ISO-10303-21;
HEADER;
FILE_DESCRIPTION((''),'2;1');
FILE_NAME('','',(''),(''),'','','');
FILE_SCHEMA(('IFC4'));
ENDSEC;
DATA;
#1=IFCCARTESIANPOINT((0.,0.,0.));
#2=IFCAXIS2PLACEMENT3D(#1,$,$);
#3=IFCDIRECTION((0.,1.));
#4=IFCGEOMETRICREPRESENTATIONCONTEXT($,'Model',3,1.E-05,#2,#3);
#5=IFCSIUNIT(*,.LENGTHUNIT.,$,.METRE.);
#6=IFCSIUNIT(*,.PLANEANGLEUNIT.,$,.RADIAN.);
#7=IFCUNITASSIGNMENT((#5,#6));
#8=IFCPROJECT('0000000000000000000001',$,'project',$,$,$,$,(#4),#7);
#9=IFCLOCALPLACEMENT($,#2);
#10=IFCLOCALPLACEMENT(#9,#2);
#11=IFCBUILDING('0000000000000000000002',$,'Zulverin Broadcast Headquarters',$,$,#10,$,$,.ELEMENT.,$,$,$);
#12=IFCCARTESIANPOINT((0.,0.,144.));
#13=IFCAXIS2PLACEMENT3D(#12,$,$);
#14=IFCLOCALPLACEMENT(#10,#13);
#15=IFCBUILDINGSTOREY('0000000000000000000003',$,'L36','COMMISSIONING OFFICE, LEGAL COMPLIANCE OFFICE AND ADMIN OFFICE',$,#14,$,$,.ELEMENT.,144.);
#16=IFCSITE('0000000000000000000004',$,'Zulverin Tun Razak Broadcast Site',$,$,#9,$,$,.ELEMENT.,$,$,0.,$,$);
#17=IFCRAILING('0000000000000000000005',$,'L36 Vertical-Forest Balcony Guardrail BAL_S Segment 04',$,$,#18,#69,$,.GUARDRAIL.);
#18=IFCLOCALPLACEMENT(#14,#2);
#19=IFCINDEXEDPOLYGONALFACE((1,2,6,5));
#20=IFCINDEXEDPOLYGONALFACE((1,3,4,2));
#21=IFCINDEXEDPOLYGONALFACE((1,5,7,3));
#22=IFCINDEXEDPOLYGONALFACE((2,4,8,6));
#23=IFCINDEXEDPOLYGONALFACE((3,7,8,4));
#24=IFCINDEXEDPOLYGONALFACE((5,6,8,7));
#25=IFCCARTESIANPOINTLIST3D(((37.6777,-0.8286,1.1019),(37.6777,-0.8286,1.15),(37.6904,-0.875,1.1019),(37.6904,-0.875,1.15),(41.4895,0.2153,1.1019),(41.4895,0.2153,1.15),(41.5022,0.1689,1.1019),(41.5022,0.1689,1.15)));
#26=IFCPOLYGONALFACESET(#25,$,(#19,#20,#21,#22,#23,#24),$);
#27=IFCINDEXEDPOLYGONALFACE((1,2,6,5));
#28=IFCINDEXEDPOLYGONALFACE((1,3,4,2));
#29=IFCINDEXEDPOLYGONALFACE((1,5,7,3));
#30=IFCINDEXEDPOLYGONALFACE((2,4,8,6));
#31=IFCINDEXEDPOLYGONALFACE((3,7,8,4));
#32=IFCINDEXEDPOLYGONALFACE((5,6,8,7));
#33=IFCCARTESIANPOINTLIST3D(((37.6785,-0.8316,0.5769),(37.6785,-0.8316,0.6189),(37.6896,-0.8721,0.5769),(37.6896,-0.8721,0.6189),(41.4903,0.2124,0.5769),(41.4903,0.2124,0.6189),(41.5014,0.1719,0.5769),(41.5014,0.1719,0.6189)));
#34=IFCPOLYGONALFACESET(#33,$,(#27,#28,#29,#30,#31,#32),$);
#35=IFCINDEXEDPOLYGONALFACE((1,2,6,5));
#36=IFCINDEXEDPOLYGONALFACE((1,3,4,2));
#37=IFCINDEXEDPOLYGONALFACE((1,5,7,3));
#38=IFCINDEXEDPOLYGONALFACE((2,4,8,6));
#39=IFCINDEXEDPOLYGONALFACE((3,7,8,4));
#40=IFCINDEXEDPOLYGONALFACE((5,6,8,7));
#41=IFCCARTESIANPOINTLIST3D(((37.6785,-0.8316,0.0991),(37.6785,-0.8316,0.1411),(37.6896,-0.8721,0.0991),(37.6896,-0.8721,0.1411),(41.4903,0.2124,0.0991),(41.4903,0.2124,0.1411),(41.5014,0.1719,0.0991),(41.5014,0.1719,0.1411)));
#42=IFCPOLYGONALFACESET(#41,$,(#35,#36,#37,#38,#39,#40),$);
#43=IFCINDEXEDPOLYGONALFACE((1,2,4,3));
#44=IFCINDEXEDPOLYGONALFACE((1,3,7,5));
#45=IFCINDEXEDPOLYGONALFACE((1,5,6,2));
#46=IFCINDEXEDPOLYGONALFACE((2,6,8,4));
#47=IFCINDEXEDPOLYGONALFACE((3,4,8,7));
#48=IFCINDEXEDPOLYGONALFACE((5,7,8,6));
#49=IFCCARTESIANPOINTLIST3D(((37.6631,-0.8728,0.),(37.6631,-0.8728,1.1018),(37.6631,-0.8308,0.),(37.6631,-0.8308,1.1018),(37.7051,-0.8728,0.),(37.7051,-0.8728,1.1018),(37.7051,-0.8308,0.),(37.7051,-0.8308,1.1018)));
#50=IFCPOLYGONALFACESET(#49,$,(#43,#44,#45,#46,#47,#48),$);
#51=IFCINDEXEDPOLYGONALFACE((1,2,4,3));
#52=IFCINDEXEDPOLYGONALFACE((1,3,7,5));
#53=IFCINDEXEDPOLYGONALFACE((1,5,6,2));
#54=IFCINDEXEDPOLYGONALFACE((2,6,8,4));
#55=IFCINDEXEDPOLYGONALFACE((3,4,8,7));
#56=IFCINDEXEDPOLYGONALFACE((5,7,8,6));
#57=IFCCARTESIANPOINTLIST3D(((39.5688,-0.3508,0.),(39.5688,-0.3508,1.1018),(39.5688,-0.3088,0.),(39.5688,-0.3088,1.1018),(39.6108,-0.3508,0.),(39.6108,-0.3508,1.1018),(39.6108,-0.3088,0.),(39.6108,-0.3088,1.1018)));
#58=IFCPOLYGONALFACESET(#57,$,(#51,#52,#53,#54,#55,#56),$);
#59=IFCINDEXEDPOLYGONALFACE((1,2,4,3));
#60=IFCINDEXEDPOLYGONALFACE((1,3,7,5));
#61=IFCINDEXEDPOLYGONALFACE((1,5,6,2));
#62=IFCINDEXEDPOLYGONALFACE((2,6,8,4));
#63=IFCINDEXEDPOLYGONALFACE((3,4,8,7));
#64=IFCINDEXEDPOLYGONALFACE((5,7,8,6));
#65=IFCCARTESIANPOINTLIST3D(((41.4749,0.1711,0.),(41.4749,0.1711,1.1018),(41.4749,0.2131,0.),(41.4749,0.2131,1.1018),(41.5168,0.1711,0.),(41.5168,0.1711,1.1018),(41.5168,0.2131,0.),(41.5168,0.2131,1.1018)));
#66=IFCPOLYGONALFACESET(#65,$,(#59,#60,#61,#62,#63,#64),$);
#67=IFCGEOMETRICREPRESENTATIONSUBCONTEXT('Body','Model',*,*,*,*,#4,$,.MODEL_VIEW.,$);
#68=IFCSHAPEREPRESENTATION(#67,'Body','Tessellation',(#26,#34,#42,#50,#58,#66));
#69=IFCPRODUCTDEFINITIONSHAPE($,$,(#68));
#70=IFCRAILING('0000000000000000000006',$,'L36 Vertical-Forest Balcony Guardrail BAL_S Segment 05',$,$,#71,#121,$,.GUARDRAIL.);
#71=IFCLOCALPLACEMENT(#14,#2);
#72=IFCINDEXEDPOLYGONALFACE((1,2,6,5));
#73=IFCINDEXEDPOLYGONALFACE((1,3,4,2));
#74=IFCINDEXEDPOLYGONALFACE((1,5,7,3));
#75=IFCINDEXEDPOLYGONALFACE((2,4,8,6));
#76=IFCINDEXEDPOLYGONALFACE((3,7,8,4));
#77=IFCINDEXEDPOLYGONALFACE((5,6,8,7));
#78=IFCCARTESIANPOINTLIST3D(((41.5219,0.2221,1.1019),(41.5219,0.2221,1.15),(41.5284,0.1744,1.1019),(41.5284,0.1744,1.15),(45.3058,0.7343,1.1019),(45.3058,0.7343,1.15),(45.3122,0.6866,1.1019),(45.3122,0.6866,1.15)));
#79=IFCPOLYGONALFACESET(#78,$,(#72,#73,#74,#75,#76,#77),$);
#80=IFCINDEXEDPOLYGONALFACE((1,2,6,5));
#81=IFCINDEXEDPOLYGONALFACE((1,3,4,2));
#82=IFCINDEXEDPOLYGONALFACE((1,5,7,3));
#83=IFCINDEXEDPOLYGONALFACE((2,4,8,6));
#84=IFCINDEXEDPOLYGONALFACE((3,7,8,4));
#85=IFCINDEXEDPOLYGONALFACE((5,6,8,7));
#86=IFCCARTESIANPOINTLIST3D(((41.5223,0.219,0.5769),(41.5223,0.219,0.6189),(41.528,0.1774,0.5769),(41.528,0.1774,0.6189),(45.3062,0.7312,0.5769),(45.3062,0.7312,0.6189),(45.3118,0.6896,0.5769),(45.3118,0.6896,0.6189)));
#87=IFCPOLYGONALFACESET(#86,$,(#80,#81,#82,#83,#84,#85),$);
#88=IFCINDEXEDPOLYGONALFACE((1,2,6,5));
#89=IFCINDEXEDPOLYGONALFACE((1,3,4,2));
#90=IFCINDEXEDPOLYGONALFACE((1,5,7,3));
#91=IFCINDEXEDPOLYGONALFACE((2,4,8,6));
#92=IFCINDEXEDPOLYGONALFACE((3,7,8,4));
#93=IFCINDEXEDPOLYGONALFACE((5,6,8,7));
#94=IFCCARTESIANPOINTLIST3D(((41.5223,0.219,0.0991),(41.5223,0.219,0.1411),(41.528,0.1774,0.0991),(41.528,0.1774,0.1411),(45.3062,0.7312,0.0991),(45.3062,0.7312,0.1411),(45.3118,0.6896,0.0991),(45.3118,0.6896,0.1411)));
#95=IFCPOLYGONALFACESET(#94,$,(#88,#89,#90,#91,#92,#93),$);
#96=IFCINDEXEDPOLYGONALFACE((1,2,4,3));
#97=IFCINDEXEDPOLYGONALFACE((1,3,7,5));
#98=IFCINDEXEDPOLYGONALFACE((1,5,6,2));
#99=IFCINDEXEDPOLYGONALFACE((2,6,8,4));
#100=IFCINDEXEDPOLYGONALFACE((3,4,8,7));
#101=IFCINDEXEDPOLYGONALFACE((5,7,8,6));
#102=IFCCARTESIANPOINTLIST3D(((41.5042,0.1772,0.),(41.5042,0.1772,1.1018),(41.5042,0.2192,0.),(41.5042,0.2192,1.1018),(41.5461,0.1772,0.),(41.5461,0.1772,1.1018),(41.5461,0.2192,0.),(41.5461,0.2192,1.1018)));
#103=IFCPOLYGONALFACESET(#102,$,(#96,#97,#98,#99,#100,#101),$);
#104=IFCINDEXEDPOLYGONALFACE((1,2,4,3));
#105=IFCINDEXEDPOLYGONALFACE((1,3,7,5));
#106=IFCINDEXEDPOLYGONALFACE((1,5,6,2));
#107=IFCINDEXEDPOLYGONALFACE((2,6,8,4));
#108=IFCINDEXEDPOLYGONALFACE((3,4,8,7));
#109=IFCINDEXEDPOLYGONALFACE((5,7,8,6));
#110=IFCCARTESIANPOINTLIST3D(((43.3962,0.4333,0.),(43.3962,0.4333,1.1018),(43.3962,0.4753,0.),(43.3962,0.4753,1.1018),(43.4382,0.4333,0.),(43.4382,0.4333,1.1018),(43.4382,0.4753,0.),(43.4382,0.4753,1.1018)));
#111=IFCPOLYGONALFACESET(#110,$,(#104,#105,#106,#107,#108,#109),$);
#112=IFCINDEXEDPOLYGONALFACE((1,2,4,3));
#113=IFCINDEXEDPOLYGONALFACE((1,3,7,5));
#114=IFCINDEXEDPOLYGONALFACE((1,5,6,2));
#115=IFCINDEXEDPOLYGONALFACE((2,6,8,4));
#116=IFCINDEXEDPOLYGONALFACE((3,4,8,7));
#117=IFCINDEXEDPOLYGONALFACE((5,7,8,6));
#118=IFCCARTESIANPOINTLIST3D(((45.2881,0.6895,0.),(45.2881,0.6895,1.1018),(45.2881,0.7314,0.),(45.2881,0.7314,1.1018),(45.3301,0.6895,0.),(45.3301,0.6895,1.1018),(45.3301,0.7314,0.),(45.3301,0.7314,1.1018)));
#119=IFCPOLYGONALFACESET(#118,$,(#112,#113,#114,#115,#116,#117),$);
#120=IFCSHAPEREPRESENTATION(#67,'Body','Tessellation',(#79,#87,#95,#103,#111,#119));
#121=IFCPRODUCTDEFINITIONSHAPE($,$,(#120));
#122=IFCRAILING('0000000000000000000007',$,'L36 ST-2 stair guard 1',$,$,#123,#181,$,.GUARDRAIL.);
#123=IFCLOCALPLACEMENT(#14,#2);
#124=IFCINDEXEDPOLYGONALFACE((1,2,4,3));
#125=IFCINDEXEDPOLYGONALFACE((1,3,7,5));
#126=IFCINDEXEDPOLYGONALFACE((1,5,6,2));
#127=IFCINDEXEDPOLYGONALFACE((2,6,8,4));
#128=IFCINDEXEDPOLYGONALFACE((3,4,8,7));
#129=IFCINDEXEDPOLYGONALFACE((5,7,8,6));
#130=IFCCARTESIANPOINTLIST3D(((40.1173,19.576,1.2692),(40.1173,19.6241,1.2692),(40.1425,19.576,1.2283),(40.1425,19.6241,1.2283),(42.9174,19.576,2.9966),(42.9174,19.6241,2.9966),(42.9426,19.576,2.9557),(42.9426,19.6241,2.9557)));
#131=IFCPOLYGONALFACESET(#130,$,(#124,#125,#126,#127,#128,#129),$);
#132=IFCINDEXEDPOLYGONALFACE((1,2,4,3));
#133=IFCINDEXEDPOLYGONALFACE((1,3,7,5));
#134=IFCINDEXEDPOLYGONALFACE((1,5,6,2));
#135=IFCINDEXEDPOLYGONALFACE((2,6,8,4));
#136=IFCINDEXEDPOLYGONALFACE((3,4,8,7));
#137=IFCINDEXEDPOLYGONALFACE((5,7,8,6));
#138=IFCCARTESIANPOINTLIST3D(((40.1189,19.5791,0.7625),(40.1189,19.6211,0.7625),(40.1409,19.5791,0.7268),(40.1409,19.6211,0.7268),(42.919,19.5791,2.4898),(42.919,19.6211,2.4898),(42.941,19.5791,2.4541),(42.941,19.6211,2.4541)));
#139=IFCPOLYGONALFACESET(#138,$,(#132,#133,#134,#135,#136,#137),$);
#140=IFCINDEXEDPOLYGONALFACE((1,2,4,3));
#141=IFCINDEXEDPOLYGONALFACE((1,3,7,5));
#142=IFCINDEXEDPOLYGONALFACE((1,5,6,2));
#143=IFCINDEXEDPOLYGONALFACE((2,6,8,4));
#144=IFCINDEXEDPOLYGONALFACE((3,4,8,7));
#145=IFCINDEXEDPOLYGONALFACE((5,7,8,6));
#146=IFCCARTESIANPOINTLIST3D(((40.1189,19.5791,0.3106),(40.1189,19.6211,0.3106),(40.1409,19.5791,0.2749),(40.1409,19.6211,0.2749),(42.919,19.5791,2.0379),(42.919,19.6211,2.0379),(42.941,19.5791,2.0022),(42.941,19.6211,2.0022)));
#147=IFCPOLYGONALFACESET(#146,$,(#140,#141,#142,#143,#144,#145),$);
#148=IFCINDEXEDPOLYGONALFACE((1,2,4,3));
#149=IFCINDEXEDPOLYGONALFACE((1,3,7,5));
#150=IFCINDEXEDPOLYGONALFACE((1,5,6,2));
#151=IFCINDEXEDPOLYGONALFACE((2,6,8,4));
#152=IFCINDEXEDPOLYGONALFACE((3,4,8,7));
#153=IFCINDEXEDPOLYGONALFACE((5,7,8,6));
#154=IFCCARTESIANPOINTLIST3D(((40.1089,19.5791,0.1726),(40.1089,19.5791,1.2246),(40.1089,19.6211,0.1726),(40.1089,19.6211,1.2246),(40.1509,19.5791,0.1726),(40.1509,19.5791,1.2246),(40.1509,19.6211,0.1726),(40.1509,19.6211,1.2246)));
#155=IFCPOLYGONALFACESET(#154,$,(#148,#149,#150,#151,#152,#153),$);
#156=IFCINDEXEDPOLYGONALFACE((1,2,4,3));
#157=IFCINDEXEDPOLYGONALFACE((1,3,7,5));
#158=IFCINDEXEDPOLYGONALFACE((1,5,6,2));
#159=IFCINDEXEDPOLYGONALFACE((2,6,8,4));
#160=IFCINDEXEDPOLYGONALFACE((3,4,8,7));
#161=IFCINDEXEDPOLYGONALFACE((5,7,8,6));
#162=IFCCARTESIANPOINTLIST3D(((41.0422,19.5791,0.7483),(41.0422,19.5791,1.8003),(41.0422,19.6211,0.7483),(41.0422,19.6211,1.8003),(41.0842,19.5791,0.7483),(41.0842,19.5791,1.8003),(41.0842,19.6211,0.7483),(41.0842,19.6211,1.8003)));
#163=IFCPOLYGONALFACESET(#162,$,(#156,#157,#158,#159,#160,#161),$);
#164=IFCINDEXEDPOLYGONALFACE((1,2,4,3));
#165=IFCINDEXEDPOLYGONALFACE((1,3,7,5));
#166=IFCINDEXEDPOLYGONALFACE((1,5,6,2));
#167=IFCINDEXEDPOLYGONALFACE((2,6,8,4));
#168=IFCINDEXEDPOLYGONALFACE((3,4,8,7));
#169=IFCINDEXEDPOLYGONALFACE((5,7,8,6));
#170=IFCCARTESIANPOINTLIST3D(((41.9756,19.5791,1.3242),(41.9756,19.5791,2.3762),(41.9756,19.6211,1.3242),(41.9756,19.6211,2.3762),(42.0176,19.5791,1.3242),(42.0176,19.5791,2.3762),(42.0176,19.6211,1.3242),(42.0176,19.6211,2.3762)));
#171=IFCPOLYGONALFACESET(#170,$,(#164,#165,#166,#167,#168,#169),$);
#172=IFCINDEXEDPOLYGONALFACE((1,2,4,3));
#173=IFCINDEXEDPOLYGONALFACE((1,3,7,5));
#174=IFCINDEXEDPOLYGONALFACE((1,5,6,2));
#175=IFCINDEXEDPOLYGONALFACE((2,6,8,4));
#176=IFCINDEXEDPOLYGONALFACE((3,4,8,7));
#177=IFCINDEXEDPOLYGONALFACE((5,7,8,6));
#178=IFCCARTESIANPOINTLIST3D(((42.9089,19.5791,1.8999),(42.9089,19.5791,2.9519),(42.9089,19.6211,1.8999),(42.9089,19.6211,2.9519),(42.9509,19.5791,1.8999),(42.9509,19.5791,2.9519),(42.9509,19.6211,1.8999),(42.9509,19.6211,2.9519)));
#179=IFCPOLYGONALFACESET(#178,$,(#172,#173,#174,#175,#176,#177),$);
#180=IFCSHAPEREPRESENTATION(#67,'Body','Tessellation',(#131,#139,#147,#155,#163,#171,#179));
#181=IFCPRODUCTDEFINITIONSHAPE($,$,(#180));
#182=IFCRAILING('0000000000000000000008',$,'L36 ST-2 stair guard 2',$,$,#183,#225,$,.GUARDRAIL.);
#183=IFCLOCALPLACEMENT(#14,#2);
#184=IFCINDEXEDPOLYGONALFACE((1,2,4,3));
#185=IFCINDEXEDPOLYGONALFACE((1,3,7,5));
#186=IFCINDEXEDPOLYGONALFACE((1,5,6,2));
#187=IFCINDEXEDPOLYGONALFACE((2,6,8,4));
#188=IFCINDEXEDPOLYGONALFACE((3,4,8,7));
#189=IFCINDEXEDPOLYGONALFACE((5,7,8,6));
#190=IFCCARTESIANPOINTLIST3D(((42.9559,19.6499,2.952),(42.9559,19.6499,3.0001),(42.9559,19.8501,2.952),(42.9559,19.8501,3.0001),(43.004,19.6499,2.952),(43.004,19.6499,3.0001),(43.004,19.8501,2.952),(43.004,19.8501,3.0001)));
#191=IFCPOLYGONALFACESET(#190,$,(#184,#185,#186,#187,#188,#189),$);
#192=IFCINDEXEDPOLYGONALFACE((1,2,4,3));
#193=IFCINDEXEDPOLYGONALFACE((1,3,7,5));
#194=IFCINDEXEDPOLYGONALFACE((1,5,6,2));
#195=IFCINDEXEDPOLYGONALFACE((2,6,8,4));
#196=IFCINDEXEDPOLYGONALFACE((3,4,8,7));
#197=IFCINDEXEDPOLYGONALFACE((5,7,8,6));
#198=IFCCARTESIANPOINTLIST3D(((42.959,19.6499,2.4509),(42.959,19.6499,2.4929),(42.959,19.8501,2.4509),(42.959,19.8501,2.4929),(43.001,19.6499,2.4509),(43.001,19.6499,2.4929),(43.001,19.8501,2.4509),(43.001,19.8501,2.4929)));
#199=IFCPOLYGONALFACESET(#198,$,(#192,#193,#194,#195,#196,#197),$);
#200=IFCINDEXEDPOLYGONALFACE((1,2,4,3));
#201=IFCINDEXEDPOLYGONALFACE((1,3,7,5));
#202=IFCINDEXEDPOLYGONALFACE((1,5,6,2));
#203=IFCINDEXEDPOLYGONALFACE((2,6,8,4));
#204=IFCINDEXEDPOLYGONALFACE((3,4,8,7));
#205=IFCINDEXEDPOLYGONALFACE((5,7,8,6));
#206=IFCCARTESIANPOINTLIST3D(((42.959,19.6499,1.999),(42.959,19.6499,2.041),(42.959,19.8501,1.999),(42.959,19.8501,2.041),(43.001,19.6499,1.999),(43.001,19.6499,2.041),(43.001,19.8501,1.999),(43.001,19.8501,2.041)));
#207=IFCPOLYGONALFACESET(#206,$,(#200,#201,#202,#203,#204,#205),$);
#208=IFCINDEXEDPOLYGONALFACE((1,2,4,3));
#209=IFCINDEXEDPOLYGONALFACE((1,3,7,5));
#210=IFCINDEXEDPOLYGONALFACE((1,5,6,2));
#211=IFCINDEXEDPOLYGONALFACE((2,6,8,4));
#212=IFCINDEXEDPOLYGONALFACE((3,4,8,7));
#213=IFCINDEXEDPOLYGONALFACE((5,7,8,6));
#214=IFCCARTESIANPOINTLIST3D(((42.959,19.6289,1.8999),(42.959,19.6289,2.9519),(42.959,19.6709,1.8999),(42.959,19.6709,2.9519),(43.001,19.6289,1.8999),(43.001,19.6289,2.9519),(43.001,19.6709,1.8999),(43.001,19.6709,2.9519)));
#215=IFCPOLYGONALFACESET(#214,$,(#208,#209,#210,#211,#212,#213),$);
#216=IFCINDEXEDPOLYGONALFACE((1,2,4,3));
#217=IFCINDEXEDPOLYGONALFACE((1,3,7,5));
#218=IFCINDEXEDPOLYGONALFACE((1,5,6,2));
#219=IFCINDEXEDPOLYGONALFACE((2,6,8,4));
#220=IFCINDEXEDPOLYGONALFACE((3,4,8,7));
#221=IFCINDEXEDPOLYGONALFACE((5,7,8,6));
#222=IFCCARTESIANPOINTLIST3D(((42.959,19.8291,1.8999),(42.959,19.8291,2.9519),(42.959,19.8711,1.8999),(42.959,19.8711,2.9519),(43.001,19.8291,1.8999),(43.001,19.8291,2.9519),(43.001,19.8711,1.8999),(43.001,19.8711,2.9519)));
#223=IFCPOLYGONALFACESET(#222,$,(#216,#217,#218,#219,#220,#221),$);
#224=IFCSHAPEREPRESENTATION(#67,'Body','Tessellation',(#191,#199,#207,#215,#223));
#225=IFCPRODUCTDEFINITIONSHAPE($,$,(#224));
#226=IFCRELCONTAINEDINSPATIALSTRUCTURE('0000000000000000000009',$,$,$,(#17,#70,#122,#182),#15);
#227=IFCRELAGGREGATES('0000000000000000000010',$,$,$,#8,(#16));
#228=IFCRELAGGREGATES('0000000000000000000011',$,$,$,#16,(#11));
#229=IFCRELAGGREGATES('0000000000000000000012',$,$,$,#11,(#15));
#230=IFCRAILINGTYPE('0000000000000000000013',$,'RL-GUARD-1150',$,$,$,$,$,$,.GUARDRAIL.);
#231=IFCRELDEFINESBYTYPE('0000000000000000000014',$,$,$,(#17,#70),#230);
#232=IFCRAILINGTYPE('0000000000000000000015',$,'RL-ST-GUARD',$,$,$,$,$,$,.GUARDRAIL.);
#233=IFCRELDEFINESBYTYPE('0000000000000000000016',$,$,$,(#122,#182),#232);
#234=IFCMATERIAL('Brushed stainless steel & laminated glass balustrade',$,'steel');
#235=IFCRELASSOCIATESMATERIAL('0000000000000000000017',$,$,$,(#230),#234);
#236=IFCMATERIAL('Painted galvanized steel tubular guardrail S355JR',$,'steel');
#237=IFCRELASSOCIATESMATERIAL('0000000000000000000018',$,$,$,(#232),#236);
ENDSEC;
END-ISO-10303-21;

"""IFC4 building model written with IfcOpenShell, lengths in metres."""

from ifc_helpers import new_model, si_unit, direction, frame, origin, origin_2d, place, context, subcontext, project, spatial, rectangle, extrude, material, type_object, element, save


model = new_model("IFC4")

# Units and contexts
model_context = context("Model", 3, precision=1e-05, world=origin(), true_north=direction((0.0, 1.0)))
body_context = subcontext(model_context, "Body", "Model", "MODEL_VIEW")
ifc_project = project(units=[si_unit("LENGTHUNIT", "METRE"), si_unit("PLANEANGLEUNIT", "RADIAN")], contexts=[model_context])

# Site, building, storey
site_placement = place(None, origin())
site = spatial("IfcSite", under=ifc_project, at=site_placement, Name="Zulverin Tun Razak Broadcast Site", CompositionType="ELEMENT", RefElevation=0.0)
building_placement = place(site_placement, origin())
building = spatial("IfcBuilding", under=site, at=building_placement, Name="Zulverin Broadcast Headquarters", CompositionType="ELEMENT")
storey_placement = place(building_placement, frame((0.0, 0.0, 144.0)))
storey = spatial("IfcBuildingStorey", under=building, at=storey_placement, Name="L36", Description="COMMISSIONING OFFICE, LEGAL COMPLIANCE OFFICE AND ADMIN OFFICE", CompositionType="ELEMENT", Elevation=144.0)

# Railings
ifc_material_1 = material(Name="Brushed stainless steel & laminated glass balustrade", Category="steel")
railing_type_1 = type_object("IfcRailingType", Name="RL-GUARD-1150", PredefinedType="GUARDRAIL", material=ifc_material_1)
railing_1_placement = place(storey_placement, frame((37.6841, -0.8518, 0.0)))
element("IfcRailing", 1, at=railing_1_placement, inside=storey, type_object=railing_type_1, Name="L36 Vertical-Forest Balcony Guardrail BAL_S Segment 04", PredefinedType="GUARDRAIL", context=body_context, shape_type="SweptSolid", body=[
    extrude(rectangle(XDim=0.0481, YDim=0.0481, at=origin_2d()), frame((0.0, 0.0, 1.126), z_axis=(0.964482, 0.264147, 0.0), x_axis=(-0.264147, 0.964482, 0.0)), (0.0, 0.0, 1.0), 3.9521),
    extrude(rectangle(XDim=0.042, YDim=0.042, at=origin_2d()), frame((0.0, 0.0, 0.5979), z_axis=(0.964482, 0.264147, 0.0), x_axis=(-0.264147, 0.964482, 0.0)), (0.0, 0.0, 1.0), 3.9521),
    extrude(rectangle(XDim=0.042, YDim=0.042, at=origin_2d()), frame((0.0, 0.0, 0.1201), z_axis=(0.964482, 0.264147, 0.0), x_axis=(-0.264147, 0.964482, 0.0)), (0.0, 0.0, 1.0), 3.9521),
    extrude(rectangle(XDim=0.042, YDim=0.042, at=origin_2d()), origin(), (0.0, 0.0, 1.0), 1.1018),
    extrude(rectangle(XDim=0.042, YDim=0.042, at=origin_2d()), frame((1.9058, 0.522, 0.0)), (0.0, 0.0, 1.0), 1.1018),
    extrude(rectangle(XDim=0.042, YDim=0.042, at=origin_2d()), frame((3.8118, 1.0439, 0.0)), (0.0, 0.0, 1.0), 1.1018),
])
railing_2_placement = place(storey_placement, frame((41.5251, 0.1982, 0.0)))
element("IfcRailing", 2, at=railing_2_placement, inside=storey, type_object=railing_type_1, Name="L36 Vertical-Forest Balcony Guardrail BAL_S Segment 05", PredefinedType="GUARDRAIL", context=body_context, shape_type="SweptSolid", body=[
    extrude(rectangle(XDim=0.0481, YDim=0.0481, at=origin_2d()), frame((0.0, 0.0, 1.126), z_axis=(0.990962, 0.13414, 0.0), x_axis=(-0.13414, 0.990962, 0.0)), (0.0, 0.0, 1.0), 3.8184),
    extrude(rectangle(XDim=0.042, YDim=0.042, at=origin_2d()), frame((0.0, 0.0, 0.5979), z_axis=(0.990962, 0.13414, 0.0), x_axis=(-0.13414, 0.990962, 0.0)), (0.0, 0.0, 1.0), 3.8184),
    extrude(rectangle(XDim=0.042, YDim=0.042, at=origin_2d()), frame((0.0, 0.0, 0.1201), z_axis=(0.990962, 0.13414, 0.0), x_axis=(-0.13414, 0.990962, 0.0)), (0.0, 0.0, 1.0), 3.8184),
    extrude(rectangle(XDim=0.042, YDim=0.042, at=origin_2d()), origin(), (0.0, 0.0, 1.0), 1.1018),
    extrude(rectangle(XDim=0.042, YDim=0.042, at=origin_2d()), frame((1.8921, 0.2561, 0.0)), (0.0, 0.0, 1.0), 1.1018),
    extrude(rectangle(XDim=0.042, YDim=0.042, at=origin_2d()), frame((3.7839, 0.5122, 0.0)), (0.0, 0.0, 1.0), 1.1018),
])
ifc_material_2 = material(Name="Painted galvanized steel tubular guardrail S355JR", Category="steel")
railing_type_2 = type_object("IfcRailingType", Name="RL-ST-GUARD", PredefinedType="GUARDRAIL", material=ifc_material_2)
railing_3_placement = place(storey_placement, frame((40.1299, 19.6001, 0.1726)))
element("IfcRailing", 3, at=railing_3_placement, inside=storey, type_object=railing_type_2, Name="L36 ST-2 stair guard 1", PredefinedType="GUARDRAIL", context=body_context, shape_type="SweptSolid", body=[
    extrude(rectangle(XDim=0.0481, YDim=0.0481, at=origin_2d()), frame((0.0, 0.0, 1.0762), z_axis=(0.85109, 0.0, 0.52502), x_axis=(0.0, 1.0, 0.0)), (0.0, 0.0, 1.0), 3.29),
    extrude(rectangle(XDim=0.042, YDim=0.042, at=origin_2d()), frame((0.0, 0.0, 0.572), z_axis=(0.85109, 0.0, 0.52502), x_axis=(0.0, 1.0, 0.0)), (0.0, 0.0, 1.0), 3.29),
    extrude(rectangle(XDim=0.042, YDim=0.042, at=origin_2d()), frame((0.0, 0.0, 0.1201), z_axis=(0.85109, 0.0, 0.52502), x_axis=(0.0, 1.0, 0.0)), (0.0, 0.0, 1.0), 3.29),
    extrude(rectangle(XDim=0.042, YDim=0.042, at=origin_2d()), origin(), (0.0, 0.0, 1.0), 1.052),
    extrude(rectangle(XDim=0.042, YDim=0.042, at=origin_2d()), frame((0.9333, 0.0, 0.5757)), (0.0, 0.0, 1.0), 1.052),
    extrude(rectangle(XDim=0.042, YDim=0.042, at=origin_2d()), frame((1.8667, 0.0, 1.1516)), (0.0, 0.0, 1.0), 1.052),
    extrude(rectangle(XDim=0.042, YDim=0.042, at=origin_2d()), frame((2.8, 0.0, 1.7273)), (0.0, 0.0, 1.0), 1.052),
])
for number, where, name in (
    (4, (42.98, 19.6499, 1.8999), "L36 ST-2 stair guard 2"),
):
    element("IfcRailing", number, at=place(storey_placement, frame(where)), inside=storey, type_object=railing_type_2, Name=name, PredefinedType="GUARDRAIL", context=body_context, shape_type="SweptSolid", body=[
        extrude(rectangle(XDim=0.0481, YDim=0.0481, at=origin_2d()), frame((0.0, 0.0, 1.0762), z_axis=(0.0, 1.0, 0.0), x_axis=(-1.0, 0.0, 0.0)), (0.0, 0.0, 1.0), 0.2002),
        extrude(rectangle(XDim=0.042, YDim=0.042, at=origin_2d()), frame((0.0, 0.0, 0.572), z_axis=(0.0, 1.0, 0.0), x_axis=(-1.0, 0.0, 0.0)), (0.0, 0.0, 1.0), 0.2002),
        extrude(rectangle(XDim=0.042, YDim=0.042, at=origin_2d()), frame((0.0, 0.0, 0.1201), z_axis=(0.0, 1.0, 0.0), x_axis=(-1.0, 0.0, 0.0)), (0.0, 0.0, 1.0), 0.2002),
        extrude(rectangle(XDim=0.042, YDim=0.042, at=origin_2d()), origin(), (0.0, 0.0, 1.0), 1.052),
        extrude(rectangle(XDim=0.042, YDim=0.042, at=origin_2d()), frame((0.0, 0.2002, 0.0)), (0.0, 0.0, 1.0), 1.052),
    ])

save(model, "model.ifc")
